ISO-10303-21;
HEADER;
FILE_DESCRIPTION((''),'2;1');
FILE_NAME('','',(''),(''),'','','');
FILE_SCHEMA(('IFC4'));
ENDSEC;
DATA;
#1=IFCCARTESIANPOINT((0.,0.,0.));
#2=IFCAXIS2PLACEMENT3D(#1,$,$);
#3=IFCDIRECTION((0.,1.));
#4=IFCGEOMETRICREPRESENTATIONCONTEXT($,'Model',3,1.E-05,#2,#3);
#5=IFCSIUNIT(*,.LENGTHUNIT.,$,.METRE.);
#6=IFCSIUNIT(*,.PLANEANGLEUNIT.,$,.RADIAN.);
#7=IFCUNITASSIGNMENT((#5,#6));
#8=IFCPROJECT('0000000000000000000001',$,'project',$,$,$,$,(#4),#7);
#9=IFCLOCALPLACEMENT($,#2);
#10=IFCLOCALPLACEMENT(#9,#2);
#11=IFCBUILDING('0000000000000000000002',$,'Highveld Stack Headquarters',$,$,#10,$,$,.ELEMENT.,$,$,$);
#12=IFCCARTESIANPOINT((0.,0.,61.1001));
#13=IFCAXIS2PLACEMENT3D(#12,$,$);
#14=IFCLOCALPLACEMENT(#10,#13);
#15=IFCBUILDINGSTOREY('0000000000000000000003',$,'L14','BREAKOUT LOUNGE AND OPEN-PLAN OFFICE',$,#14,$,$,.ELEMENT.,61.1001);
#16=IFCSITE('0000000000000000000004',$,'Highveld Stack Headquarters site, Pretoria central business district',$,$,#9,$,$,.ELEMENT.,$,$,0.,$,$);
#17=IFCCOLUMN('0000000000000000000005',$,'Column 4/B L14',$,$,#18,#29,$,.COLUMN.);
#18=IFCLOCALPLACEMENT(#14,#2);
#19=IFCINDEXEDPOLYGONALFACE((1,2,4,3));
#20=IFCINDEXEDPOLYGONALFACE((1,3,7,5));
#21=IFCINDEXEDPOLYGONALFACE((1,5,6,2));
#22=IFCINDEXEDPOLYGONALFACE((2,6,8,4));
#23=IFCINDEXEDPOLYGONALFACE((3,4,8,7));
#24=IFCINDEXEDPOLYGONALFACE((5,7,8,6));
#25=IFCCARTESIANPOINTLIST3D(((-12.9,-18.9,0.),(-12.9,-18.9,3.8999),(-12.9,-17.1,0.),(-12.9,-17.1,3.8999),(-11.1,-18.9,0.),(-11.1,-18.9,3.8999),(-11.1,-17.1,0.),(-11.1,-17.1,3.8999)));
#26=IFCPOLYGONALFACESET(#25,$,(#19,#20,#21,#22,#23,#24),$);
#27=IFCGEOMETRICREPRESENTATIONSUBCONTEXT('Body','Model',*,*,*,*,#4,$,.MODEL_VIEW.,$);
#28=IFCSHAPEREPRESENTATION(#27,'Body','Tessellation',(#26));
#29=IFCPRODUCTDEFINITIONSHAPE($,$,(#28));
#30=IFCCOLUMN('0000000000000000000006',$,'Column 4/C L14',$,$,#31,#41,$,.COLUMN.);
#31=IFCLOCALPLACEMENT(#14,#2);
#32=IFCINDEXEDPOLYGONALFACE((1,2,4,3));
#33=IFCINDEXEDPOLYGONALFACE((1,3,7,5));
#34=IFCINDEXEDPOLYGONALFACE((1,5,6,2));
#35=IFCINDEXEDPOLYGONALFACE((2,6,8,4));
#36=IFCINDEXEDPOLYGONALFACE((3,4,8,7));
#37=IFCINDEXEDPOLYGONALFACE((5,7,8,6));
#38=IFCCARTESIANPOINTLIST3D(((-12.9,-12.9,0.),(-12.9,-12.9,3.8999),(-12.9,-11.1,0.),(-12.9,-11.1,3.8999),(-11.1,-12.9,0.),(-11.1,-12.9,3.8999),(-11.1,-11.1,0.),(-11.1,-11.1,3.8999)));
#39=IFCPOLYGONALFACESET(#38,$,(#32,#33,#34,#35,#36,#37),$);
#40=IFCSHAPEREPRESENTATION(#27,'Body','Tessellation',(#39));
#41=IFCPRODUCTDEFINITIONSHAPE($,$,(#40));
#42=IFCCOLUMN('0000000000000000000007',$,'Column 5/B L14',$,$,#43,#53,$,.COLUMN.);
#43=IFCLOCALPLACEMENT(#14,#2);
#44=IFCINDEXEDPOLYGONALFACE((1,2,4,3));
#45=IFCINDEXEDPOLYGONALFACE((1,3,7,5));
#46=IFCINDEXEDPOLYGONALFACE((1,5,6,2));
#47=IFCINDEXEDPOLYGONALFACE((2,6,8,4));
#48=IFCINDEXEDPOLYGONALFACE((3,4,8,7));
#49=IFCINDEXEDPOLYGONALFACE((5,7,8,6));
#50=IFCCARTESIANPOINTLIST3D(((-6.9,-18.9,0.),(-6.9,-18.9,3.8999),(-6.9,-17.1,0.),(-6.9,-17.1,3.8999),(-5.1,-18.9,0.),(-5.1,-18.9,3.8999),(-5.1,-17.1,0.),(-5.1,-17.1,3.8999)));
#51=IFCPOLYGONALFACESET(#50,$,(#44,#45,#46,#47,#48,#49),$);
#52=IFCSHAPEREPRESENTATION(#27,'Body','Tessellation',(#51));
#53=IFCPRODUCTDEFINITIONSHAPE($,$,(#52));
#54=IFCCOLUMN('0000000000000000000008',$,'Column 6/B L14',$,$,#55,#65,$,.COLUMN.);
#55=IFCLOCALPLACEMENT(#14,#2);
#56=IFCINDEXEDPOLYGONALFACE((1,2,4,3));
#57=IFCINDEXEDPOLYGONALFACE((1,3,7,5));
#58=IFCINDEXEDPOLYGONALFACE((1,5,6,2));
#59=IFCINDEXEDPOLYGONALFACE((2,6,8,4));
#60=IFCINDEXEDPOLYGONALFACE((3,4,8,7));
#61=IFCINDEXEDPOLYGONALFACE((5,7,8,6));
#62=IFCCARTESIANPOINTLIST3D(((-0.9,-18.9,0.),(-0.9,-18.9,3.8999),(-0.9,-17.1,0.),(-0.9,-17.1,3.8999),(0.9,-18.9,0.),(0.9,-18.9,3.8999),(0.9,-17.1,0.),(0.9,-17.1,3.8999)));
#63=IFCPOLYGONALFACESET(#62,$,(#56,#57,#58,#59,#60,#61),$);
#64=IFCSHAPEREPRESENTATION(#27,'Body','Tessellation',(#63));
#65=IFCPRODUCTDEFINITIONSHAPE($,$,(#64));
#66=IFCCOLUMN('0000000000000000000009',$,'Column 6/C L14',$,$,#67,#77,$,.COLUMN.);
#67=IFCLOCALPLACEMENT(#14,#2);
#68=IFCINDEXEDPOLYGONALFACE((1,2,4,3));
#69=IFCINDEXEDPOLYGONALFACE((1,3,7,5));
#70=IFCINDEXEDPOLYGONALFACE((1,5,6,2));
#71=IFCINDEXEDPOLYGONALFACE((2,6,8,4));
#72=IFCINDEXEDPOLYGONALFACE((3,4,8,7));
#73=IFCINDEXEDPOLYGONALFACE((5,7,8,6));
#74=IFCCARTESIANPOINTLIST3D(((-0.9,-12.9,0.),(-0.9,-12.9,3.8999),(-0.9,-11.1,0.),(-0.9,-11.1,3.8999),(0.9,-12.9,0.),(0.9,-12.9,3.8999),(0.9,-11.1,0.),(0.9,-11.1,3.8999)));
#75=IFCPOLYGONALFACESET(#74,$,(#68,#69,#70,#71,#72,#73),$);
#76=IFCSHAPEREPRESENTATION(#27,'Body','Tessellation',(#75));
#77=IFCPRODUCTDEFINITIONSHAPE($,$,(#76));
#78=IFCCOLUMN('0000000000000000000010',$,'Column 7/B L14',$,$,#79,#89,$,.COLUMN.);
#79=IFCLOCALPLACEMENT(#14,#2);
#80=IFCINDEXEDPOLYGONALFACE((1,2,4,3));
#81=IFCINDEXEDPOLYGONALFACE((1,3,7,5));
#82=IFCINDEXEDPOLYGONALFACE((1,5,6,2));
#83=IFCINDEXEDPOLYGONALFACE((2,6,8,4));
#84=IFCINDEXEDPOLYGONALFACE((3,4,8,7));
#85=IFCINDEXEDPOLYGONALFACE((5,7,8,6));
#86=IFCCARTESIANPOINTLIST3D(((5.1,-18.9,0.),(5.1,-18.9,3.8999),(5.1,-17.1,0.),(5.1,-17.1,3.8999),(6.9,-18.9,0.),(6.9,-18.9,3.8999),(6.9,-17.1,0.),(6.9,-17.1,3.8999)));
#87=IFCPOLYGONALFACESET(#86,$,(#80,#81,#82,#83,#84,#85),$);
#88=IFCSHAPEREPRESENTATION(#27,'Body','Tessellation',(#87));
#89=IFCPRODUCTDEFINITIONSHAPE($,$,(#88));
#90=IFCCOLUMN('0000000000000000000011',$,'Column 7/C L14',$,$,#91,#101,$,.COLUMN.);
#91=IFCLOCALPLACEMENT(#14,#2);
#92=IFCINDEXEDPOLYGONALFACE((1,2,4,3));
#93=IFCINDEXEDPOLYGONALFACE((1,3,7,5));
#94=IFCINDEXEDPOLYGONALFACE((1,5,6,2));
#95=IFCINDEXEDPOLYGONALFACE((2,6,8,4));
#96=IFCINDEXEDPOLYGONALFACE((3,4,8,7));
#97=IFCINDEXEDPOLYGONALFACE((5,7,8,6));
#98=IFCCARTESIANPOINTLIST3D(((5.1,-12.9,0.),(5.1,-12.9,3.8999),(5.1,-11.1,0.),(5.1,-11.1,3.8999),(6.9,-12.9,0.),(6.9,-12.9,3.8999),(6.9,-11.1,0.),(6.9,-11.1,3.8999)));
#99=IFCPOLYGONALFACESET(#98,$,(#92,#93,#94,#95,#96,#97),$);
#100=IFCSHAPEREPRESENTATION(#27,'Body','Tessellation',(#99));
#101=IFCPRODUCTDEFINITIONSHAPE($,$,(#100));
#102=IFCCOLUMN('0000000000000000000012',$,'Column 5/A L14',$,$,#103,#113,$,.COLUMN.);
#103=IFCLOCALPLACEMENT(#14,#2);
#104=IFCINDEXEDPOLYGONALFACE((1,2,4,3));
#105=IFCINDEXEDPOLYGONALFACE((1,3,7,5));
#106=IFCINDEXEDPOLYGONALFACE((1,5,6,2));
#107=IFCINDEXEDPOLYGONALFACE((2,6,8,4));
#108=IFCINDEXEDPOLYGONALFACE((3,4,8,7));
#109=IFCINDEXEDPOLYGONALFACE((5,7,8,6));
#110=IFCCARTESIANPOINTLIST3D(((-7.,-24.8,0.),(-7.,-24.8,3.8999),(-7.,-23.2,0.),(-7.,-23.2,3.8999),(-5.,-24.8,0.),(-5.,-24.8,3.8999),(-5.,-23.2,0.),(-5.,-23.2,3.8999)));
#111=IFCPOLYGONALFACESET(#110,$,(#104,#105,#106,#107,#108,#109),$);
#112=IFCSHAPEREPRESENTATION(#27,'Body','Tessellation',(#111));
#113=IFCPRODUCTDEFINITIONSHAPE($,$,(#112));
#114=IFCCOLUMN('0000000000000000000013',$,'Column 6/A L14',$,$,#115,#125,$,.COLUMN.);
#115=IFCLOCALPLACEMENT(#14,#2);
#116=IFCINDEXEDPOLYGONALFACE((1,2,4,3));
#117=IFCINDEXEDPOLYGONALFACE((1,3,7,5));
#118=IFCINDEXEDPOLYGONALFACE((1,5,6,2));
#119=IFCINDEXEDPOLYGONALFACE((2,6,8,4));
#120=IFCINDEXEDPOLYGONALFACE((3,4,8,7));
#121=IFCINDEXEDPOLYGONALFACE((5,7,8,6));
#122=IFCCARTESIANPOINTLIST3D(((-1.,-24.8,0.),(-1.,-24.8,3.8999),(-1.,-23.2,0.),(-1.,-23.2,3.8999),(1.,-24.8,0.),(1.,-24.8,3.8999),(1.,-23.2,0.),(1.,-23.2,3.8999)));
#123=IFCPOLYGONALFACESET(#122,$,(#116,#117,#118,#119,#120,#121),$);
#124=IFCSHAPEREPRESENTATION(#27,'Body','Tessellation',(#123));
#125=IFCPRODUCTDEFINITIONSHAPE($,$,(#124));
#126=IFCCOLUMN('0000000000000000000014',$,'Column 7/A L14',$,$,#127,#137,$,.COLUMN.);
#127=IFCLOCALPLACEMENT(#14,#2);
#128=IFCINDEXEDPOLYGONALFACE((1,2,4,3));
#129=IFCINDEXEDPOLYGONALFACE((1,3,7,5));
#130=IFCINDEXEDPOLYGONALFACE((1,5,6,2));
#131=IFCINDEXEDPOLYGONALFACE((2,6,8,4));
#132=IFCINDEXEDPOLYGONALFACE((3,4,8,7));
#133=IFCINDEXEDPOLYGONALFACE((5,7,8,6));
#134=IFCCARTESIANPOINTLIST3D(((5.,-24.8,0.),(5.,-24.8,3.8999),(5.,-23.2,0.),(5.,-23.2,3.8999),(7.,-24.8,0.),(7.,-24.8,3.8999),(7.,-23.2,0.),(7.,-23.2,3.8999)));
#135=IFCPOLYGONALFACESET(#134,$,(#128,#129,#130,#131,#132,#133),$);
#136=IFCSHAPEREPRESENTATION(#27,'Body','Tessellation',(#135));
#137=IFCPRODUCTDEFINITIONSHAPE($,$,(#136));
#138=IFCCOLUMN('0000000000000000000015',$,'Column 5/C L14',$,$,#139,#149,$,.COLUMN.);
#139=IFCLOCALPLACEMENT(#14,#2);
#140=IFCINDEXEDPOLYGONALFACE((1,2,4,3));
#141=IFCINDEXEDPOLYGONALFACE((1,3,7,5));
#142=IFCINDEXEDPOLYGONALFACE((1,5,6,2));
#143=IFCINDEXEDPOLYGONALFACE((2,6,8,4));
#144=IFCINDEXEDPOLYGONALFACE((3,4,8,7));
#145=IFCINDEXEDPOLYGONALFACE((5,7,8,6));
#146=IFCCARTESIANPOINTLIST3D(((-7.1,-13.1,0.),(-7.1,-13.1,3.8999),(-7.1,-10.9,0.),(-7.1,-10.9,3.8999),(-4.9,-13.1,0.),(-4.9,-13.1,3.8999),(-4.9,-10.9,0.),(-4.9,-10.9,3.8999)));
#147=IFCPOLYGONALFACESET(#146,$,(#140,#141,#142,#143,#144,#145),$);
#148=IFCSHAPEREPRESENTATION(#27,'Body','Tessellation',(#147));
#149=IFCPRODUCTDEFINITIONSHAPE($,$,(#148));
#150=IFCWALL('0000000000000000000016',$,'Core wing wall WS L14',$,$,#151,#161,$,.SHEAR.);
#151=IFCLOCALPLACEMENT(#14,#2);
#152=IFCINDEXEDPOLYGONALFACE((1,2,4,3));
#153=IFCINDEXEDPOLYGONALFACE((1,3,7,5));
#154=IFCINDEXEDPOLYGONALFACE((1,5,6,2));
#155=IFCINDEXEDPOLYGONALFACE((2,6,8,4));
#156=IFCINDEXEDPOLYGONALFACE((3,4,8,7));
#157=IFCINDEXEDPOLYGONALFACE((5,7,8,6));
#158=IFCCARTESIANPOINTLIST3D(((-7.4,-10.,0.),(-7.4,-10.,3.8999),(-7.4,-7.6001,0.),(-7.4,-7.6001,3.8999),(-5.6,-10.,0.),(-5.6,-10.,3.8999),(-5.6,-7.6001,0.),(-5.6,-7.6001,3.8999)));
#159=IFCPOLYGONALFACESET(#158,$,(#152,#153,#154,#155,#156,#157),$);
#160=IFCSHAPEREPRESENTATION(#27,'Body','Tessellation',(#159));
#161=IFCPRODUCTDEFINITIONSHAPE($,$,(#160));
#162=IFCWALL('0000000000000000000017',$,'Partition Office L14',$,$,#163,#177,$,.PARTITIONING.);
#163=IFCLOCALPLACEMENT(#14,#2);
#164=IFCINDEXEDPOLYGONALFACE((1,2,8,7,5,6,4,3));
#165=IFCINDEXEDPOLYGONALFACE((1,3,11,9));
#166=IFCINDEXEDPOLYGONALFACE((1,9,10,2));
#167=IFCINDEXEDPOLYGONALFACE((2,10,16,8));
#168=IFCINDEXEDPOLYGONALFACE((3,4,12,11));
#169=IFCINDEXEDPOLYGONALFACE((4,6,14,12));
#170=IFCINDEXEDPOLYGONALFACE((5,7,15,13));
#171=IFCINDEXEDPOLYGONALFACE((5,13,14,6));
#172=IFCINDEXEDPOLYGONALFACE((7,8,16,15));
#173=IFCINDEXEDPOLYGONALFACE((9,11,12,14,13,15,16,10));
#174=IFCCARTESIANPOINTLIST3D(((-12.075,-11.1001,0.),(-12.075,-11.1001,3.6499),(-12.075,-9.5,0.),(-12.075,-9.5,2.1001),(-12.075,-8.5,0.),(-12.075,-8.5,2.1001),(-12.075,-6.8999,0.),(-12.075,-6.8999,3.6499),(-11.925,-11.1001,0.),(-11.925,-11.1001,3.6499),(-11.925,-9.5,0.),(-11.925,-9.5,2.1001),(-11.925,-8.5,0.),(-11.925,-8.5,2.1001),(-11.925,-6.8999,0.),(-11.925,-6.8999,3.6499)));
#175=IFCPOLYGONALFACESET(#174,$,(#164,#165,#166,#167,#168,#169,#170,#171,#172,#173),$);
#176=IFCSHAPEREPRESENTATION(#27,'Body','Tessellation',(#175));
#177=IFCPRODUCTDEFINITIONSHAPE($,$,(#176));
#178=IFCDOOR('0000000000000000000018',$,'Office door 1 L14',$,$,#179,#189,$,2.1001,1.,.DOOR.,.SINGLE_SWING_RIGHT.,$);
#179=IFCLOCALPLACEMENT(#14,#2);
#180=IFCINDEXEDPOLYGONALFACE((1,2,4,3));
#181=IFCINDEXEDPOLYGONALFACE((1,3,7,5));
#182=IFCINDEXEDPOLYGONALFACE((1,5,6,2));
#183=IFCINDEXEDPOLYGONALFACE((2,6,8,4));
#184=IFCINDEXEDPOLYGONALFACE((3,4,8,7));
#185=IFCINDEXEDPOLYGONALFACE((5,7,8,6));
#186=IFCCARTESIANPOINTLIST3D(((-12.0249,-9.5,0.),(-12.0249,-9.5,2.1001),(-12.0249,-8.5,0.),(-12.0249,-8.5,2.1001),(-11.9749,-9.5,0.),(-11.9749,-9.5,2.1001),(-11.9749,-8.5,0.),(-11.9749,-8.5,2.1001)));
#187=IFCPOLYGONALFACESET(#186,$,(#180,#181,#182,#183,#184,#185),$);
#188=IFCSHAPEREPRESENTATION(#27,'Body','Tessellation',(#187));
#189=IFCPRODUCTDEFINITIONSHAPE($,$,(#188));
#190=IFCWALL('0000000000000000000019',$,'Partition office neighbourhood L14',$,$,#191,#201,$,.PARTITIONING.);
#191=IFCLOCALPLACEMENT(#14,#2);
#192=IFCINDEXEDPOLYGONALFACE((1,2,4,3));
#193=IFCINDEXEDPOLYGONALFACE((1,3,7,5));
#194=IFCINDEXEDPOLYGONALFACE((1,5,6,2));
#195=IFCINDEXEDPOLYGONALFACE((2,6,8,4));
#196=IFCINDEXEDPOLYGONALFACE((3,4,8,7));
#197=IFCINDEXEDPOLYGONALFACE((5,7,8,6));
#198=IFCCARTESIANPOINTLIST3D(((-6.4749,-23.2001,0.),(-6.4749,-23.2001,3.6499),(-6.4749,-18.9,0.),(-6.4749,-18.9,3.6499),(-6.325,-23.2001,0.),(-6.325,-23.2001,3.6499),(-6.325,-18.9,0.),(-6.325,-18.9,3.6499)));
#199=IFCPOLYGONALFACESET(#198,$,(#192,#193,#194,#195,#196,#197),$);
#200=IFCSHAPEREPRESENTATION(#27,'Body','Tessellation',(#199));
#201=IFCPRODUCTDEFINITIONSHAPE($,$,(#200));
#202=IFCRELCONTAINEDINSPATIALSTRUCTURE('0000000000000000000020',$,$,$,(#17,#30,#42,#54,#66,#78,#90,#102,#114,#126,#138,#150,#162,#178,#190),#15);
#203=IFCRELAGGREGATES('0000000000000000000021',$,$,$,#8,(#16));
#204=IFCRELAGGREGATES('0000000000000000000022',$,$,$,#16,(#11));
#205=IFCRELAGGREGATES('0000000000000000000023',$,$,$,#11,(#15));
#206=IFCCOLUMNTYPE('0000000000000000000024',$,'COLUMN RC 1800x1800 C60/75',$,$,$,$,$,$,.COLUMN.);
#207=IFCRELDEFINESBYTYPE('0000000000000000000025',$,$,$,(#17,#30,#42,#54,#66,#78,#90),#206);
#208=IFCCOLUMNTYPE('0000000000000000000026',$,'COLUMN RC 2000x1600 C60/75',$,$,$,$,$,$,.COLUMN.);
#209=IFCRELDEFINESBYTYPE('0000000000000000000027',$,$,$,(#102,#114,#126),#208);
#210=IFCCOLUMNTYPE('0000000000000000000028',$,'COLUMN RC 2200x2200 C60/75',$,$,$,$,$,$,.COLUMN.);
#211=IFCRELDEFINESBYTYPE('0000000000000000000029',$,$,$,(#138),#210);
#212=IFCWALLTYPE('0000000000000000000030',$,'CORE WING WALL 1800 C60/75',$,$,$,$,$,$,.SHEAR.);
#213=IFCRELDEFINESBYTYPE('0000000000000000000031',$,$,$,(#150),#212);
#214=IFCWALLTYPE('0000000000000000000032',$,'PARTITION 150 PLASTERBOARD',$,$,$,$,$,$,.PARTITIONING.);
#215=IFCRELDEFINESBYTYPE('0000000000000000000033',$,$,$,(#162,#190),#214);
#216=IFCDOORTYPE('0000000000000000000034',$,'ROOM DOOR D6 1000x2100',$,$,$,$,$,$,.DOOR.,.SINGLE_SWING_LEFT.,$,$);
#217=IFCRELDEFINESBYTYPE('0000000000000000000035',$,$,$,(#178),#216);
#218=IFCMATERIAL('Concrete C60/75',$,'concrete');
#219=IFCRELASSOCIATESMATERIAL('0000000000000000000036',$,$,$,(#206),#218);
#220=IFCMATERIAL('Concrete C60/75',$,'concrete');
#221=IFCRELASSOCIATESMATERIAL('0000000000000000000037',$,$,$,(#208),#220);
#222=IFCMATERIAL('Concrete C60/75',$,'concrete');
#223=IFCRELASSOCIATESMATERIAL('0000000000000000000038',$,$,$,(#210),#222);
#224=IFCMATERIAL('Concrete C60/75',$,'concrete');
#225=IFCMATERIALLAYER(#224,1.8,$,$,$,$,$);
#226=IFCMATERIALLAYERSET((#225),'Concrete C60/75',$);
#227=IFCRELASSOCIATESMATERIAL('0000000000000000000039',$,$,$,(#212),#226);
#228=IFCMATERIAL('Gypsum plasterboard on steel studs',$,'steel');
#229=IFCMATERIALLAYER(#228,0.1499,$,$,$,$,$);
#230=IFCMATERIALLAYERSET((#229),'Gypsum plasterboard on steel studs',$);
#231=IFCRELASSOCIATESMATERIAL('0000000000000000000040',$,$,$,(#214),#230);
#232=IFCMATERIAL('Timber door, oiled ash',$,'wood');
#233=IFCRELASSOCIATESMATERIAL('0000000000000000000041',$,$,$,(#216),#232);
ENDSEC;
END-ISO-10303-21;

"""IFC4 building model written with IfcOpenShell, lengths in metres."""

from ifc_helpers import new_model, si_unit, direction, frame, frame_2d, origin, origin_2d, place, context, subcontext, project, spatial, rectangle, extrude, material, layer, layer_set, material_profile, profile_set, type_object, element, fill, save


model = new_model("IFC4")

# Units and contexts
model_context = context("Model", 3, precision=1e-05, world=origin(), true_north=direction((0.0, 1.0)))
body_context = subcontext(model_context, "Body", "Model", "MODEL_VIEW")
ifc_project = project(units=[si_unit("LENGTHUNIT", "METRE"), si_unit("PLANEANGLEUNIT", "RADIAN")], contexts=[model_context])

# Site, building, storey
site_placement = place(None, origin())
site = spatial("IfcSite", under=ifc_project, at=site_placement, Name="Highveld Stack Headquarters site, Pretoria central business district", CompositionType="ELEMENT", RefElevation=0.0)
building_placement = place(site_placement, origin())
building = spatial("IfcBuilding", under=site, at=building_placement, Name="Highveld Stack Headquarters", CompositionType="ELEMENT")
storey_placement = place(building_placement, frame((0.0, 0.0, 61.1001)))
storey = spatial("IfcBuildingStorey", under=building, at=storey_placement, Name="L14", Description="BREAKOUT LOUNGE AND OPEN-PLAN OFFICE", CompositionType="ELEMENT", Elevation=61.1001)

# Columns
ifc_material_1 = material(Name="Concrete C60/75", Category="concrete")
ifc_material_profile_1 = material_profile(ifc_material_1, rectangle(XDim=1.8, YDim=1.8, at=origin_2d()), Name="RC 1800x1800")
ifc_profile_set_1 = profile_set([ifc_material_profile_1], Name="Concrete C60/75")
column_type_1 = type_object("IfcColumnType", Name="COLUMN RC 1800x1800 C60/75", PredefinedType="COLUMN", material=ifc_profile_set_1)
for number, where, z_axis, x_axis, name in (
    (1, (-12.0, -18.0, 0.0), (0.0, 0.0, 1.0), (1.0, 0.0, 0.0), "Column 4/B L14"),
    (2, (-12.0, -12.0, 0.0), (0.0, 0.0, 1.0), (1.0, 0.0, 0.0), "Column 4/C L14"),
    (3, (-6.0, -18.0, 0.0), (0.0, 0.0, 1.0), (1.0, 0.0, 0.0), "Column 5/B L14"),
    (4, (0.0, -18.0, 0.0), (0.0, 0.0, 1.0), (1.0, 0.0, 0.0), "Column 6/B L14"),
    (5, (0.0, -12.0, 0.0), (0.0, 0.0, 1.0), (1.0, 0.0, 0.0), "Column 6/C L14"),
    (6, (6.0, -18.0, 0.0), (0.0, 0.0, 1.0), (1.0, 0.0, 0.0), "Column 7/B L14"),
    (7, (6.0, -12.0, 0.0), (0.0, 0.0, 1.0), (1.0, 0.0, 0.0), "Column 7/C L14"),
):
    element("IfcColumn", number, at=place(storey_placement, frame(where, z_axis=z_axis, x_axis=x_axis)), inside=storey, type_object=column_type_1, Name=name, PredefinedType="COLUMN", context=body_context, shape_type="SweptSolid", body=[
        extrude(rectangle(XDim=1.8, YDim=1.8, at=origin_2d()), origin(), (0.0, 0.0, 1.0), 3.8999),
    ])
ifc_material_2 = material(Name="Concrete C60/75", Category="concrete")
ifc_material_profile_2 = material_profile(ifc_material_2, rectangle(XDim=2.0, YDim=1.6001, at=origin_2d()), Name="RC 2000x1600")
ifc_profile_set_2 = profile_set([ifc_material_profile_2], Name="Concrete C60/75")
column_type_2 = type_object("IfcColumnType", Name="COLUMN RC 2000x1600 C60/75", PredefinedType="COLUMN", material=ifc_profile_set_2)
for number, where, z_axis, x_axis, name in (
    (8, (-6.0, -24.0, 0.0), (0.0, 0.0, 1.0), (1.0, 0.0, 0.0), "Column 5/A L14"),
    (9, (0.0, -24.0, 0.0), (0.0, 0.0, 1.0), (1.0, 0.0, 0.0), "Column 6/A L14"),
    (10, (6.0, -24.0, 0.0), (0.0, 0.0, 1.0), (1.0, 0.0, 0.0), "Column 7/A L14"),
):
    element("IfcColumn", number, at=place(storey_placement, frame(where, z_axis=z_axis, x_axis=x_axis)), inside=storey, type_object=column_type_2, Name=name, PredefinedType="COLUMN", context=body_context, shape_type="SweptSolid", body=[
        extrude(rectangle(XDim=2.0, YDim=1.6001, at=origin_2d()), origin(), (0.0, 0.0, 1.0), 3.8999),
    ])
ifc_material_3 = material(Name="Concrete C60/75", Category="concrete")
ifc_material_profile_3 = material_profile(ifc_material_3, rectangle(XDim=2.2, YDim=2.2, at=origin_2d()), Name="RC 2200x2200")
ifc_profile_set_3 = profile_set([ifc_material_profile_3], Name="Concrete C60/75")
column_type_3 = type_object("IfcColumnType", Name="COLUMN RC 2200x2200 C60/75", PredefinedType="COLUMN", material=ifc_profile_set_3)
column_placement = place(storey_placement, frame((-6.0, -12.0, 0.0), z_axis=(0.0, 0.0, 1.0), x_axis=(1.0, 0.0, 0.0)))
element("IfcColumn", 11, at=column_placement, inside=storey, type_object=column_type_3, Name="Column 5/C L14", PredefinedType="COLUMN", context=body_context, shape_type="SweptSolid", body=[
    extrude(rectangle(XDim=2.2, YDim=2.2, at=origin_2d()), origin(), (0.0, 0.0, 1.0), 3.8999),
])

# Wall
ifc_material_4 = material(Name="Concrete C60/75", Category="concrete")
ifc_layer_1 = layer(ifc_material_4, 1.8)
ifc_layer_set_1 = layer_set([ifc_layer_1], Name="Concrete C60/75")
wall_type_1 = type_object("IfcWallType", Name="CORE WING WALL 1800 C60/75", PredefinedType="SHEAR", material=ifc_layer_set_1)
wall_1_placement = place(storey_placement, frame((-6.5, -10.0, 0.0), z_axis=(0.0, 0.0, 1.0), x_axis=(0.0, 1.0, 0.0)))
element("IfcWall", 12, at=wall_1_placement, inside=storey, type_object=wall_type_1, Name="Core wing wall WS L14", PredefinedType="SHEAR", context=body_context, shape_type="SweptSolid", body=[
    extrude(rectangle(XDim=2.3999, YDim=1.8, at=frame_2d((1.2, 0.0))), origin(), (0.0, 0.0, 1.0), 3.8999),
])

# Wall, opening, door
ifc_material_5 = material(Name="Gypsum plasterboard on steel studs", Category="steel")
ifc_layer_2 = layer(ifc_material_5, 0.1499)
ifc_layer_set_2 = layer_set([ifc_layer_2], Name="Gypsum plasterboard on steel studs")
wall_type_2 = type_object("IfcWallType", Name="PARTITION 150 PLASTERBOARD", PredefinedType="PARTITIONING", material=ifc_layer_set_2)
wall_2_placement = place(storey_placement, frame((-12.0, -11.1001, 0.0), z_axis=(0.0, 0.0, 1.0), x_axis=(0.0, 1.0, 0.0)))
wall_2 = element("IfcWall", 13, at=wall_2_placement, inside=storey, type_object=wall_type_2, Name="Partition Office L14", PredefinedType="PARTITIONING", context=body_context, shape_type="SweptSolid", body=[
    extrude(rectangle(XDim=4.2002, YDim=0.1499, at=frame_2d((2.1001, 0.0))), origin(), (0.0, 0.0, 1.0), 3.6499),
])
opening_placement = place(wall_2_placement, frame((1.6001, 0.0, 0.0)))
opening = element("IfcOpeningElement", 14, at=opening_placement, cuts=wall_2, PredefinedType="OPENING", context=body_context, shape_type="SweptSolid", body=[
    extrude(rectangle(XDim=1.0, YDim=2.1001, at=frame_2d((0.5, 1.05))), frame((0.0, 0.085, 0.0), z_axis=(0.0, -1.0, 0.0), x_axis=(1.0, 0.0, 0.0)), (0.0, 0.0, 1.0), 0.1699),
])
ifc_material_6 = material(Name="Timber door, oiled ash", Category="wood")
door_type = type_object("IfcDoorType", Name="ROOM DOOR D6 1000x2100", OperationType="SINGLE_SWING_LEFT", PredefinedType="DOOR", material=ifc_material_6)
door_placement = place(opening_placement, origin())
door = element("IfcDoor", 15, at=door_placement, inside=storey, type_object=door_type, Name="Office door 1 L14", OperationType="SINGLE_SWING_RIGHT", OverallHeight=2.1001, OverallWidth=1.0, PredefinedType="DOOR", context=body_context, shape_type="SweptSolid", body=[
    extrude(rectangle(XDim=1.0, YDim=2.1001, at=frame_2d((0.5, 1.05))), frame((0.0, 0.0249, 0.0), z_axis=(0.0, -1.0, 0.0), x_axis=(1.0, 0.0, 0.0)), (0.0, 0.0, 1.0), 0.05),
])
fill(opening, door)

# Wall
wall_3_placement = place(storey_placement, frame((-6.3999, -23.2, 0.0), z_axis=(0.0, 0.0, 1.0), x_axis=(0.0, 1.0, 0.0)))
element("IfcWall", 16, at=wall_3_placement, inside=storey, type_object=wall_type_2, Name="Partition office neighbourhood L14", PredefinedType="PARTITIONING", context=body_context, shape_type="SweptSolid", body=[
    extrude(rectangle(XDim=4.3, YDim=0.1499, at=frame_2d((2.1499, 0.0))), origin(), (0.0, 0.0, 1.0), 3.6499),
])

save(model, "model.ifc")
